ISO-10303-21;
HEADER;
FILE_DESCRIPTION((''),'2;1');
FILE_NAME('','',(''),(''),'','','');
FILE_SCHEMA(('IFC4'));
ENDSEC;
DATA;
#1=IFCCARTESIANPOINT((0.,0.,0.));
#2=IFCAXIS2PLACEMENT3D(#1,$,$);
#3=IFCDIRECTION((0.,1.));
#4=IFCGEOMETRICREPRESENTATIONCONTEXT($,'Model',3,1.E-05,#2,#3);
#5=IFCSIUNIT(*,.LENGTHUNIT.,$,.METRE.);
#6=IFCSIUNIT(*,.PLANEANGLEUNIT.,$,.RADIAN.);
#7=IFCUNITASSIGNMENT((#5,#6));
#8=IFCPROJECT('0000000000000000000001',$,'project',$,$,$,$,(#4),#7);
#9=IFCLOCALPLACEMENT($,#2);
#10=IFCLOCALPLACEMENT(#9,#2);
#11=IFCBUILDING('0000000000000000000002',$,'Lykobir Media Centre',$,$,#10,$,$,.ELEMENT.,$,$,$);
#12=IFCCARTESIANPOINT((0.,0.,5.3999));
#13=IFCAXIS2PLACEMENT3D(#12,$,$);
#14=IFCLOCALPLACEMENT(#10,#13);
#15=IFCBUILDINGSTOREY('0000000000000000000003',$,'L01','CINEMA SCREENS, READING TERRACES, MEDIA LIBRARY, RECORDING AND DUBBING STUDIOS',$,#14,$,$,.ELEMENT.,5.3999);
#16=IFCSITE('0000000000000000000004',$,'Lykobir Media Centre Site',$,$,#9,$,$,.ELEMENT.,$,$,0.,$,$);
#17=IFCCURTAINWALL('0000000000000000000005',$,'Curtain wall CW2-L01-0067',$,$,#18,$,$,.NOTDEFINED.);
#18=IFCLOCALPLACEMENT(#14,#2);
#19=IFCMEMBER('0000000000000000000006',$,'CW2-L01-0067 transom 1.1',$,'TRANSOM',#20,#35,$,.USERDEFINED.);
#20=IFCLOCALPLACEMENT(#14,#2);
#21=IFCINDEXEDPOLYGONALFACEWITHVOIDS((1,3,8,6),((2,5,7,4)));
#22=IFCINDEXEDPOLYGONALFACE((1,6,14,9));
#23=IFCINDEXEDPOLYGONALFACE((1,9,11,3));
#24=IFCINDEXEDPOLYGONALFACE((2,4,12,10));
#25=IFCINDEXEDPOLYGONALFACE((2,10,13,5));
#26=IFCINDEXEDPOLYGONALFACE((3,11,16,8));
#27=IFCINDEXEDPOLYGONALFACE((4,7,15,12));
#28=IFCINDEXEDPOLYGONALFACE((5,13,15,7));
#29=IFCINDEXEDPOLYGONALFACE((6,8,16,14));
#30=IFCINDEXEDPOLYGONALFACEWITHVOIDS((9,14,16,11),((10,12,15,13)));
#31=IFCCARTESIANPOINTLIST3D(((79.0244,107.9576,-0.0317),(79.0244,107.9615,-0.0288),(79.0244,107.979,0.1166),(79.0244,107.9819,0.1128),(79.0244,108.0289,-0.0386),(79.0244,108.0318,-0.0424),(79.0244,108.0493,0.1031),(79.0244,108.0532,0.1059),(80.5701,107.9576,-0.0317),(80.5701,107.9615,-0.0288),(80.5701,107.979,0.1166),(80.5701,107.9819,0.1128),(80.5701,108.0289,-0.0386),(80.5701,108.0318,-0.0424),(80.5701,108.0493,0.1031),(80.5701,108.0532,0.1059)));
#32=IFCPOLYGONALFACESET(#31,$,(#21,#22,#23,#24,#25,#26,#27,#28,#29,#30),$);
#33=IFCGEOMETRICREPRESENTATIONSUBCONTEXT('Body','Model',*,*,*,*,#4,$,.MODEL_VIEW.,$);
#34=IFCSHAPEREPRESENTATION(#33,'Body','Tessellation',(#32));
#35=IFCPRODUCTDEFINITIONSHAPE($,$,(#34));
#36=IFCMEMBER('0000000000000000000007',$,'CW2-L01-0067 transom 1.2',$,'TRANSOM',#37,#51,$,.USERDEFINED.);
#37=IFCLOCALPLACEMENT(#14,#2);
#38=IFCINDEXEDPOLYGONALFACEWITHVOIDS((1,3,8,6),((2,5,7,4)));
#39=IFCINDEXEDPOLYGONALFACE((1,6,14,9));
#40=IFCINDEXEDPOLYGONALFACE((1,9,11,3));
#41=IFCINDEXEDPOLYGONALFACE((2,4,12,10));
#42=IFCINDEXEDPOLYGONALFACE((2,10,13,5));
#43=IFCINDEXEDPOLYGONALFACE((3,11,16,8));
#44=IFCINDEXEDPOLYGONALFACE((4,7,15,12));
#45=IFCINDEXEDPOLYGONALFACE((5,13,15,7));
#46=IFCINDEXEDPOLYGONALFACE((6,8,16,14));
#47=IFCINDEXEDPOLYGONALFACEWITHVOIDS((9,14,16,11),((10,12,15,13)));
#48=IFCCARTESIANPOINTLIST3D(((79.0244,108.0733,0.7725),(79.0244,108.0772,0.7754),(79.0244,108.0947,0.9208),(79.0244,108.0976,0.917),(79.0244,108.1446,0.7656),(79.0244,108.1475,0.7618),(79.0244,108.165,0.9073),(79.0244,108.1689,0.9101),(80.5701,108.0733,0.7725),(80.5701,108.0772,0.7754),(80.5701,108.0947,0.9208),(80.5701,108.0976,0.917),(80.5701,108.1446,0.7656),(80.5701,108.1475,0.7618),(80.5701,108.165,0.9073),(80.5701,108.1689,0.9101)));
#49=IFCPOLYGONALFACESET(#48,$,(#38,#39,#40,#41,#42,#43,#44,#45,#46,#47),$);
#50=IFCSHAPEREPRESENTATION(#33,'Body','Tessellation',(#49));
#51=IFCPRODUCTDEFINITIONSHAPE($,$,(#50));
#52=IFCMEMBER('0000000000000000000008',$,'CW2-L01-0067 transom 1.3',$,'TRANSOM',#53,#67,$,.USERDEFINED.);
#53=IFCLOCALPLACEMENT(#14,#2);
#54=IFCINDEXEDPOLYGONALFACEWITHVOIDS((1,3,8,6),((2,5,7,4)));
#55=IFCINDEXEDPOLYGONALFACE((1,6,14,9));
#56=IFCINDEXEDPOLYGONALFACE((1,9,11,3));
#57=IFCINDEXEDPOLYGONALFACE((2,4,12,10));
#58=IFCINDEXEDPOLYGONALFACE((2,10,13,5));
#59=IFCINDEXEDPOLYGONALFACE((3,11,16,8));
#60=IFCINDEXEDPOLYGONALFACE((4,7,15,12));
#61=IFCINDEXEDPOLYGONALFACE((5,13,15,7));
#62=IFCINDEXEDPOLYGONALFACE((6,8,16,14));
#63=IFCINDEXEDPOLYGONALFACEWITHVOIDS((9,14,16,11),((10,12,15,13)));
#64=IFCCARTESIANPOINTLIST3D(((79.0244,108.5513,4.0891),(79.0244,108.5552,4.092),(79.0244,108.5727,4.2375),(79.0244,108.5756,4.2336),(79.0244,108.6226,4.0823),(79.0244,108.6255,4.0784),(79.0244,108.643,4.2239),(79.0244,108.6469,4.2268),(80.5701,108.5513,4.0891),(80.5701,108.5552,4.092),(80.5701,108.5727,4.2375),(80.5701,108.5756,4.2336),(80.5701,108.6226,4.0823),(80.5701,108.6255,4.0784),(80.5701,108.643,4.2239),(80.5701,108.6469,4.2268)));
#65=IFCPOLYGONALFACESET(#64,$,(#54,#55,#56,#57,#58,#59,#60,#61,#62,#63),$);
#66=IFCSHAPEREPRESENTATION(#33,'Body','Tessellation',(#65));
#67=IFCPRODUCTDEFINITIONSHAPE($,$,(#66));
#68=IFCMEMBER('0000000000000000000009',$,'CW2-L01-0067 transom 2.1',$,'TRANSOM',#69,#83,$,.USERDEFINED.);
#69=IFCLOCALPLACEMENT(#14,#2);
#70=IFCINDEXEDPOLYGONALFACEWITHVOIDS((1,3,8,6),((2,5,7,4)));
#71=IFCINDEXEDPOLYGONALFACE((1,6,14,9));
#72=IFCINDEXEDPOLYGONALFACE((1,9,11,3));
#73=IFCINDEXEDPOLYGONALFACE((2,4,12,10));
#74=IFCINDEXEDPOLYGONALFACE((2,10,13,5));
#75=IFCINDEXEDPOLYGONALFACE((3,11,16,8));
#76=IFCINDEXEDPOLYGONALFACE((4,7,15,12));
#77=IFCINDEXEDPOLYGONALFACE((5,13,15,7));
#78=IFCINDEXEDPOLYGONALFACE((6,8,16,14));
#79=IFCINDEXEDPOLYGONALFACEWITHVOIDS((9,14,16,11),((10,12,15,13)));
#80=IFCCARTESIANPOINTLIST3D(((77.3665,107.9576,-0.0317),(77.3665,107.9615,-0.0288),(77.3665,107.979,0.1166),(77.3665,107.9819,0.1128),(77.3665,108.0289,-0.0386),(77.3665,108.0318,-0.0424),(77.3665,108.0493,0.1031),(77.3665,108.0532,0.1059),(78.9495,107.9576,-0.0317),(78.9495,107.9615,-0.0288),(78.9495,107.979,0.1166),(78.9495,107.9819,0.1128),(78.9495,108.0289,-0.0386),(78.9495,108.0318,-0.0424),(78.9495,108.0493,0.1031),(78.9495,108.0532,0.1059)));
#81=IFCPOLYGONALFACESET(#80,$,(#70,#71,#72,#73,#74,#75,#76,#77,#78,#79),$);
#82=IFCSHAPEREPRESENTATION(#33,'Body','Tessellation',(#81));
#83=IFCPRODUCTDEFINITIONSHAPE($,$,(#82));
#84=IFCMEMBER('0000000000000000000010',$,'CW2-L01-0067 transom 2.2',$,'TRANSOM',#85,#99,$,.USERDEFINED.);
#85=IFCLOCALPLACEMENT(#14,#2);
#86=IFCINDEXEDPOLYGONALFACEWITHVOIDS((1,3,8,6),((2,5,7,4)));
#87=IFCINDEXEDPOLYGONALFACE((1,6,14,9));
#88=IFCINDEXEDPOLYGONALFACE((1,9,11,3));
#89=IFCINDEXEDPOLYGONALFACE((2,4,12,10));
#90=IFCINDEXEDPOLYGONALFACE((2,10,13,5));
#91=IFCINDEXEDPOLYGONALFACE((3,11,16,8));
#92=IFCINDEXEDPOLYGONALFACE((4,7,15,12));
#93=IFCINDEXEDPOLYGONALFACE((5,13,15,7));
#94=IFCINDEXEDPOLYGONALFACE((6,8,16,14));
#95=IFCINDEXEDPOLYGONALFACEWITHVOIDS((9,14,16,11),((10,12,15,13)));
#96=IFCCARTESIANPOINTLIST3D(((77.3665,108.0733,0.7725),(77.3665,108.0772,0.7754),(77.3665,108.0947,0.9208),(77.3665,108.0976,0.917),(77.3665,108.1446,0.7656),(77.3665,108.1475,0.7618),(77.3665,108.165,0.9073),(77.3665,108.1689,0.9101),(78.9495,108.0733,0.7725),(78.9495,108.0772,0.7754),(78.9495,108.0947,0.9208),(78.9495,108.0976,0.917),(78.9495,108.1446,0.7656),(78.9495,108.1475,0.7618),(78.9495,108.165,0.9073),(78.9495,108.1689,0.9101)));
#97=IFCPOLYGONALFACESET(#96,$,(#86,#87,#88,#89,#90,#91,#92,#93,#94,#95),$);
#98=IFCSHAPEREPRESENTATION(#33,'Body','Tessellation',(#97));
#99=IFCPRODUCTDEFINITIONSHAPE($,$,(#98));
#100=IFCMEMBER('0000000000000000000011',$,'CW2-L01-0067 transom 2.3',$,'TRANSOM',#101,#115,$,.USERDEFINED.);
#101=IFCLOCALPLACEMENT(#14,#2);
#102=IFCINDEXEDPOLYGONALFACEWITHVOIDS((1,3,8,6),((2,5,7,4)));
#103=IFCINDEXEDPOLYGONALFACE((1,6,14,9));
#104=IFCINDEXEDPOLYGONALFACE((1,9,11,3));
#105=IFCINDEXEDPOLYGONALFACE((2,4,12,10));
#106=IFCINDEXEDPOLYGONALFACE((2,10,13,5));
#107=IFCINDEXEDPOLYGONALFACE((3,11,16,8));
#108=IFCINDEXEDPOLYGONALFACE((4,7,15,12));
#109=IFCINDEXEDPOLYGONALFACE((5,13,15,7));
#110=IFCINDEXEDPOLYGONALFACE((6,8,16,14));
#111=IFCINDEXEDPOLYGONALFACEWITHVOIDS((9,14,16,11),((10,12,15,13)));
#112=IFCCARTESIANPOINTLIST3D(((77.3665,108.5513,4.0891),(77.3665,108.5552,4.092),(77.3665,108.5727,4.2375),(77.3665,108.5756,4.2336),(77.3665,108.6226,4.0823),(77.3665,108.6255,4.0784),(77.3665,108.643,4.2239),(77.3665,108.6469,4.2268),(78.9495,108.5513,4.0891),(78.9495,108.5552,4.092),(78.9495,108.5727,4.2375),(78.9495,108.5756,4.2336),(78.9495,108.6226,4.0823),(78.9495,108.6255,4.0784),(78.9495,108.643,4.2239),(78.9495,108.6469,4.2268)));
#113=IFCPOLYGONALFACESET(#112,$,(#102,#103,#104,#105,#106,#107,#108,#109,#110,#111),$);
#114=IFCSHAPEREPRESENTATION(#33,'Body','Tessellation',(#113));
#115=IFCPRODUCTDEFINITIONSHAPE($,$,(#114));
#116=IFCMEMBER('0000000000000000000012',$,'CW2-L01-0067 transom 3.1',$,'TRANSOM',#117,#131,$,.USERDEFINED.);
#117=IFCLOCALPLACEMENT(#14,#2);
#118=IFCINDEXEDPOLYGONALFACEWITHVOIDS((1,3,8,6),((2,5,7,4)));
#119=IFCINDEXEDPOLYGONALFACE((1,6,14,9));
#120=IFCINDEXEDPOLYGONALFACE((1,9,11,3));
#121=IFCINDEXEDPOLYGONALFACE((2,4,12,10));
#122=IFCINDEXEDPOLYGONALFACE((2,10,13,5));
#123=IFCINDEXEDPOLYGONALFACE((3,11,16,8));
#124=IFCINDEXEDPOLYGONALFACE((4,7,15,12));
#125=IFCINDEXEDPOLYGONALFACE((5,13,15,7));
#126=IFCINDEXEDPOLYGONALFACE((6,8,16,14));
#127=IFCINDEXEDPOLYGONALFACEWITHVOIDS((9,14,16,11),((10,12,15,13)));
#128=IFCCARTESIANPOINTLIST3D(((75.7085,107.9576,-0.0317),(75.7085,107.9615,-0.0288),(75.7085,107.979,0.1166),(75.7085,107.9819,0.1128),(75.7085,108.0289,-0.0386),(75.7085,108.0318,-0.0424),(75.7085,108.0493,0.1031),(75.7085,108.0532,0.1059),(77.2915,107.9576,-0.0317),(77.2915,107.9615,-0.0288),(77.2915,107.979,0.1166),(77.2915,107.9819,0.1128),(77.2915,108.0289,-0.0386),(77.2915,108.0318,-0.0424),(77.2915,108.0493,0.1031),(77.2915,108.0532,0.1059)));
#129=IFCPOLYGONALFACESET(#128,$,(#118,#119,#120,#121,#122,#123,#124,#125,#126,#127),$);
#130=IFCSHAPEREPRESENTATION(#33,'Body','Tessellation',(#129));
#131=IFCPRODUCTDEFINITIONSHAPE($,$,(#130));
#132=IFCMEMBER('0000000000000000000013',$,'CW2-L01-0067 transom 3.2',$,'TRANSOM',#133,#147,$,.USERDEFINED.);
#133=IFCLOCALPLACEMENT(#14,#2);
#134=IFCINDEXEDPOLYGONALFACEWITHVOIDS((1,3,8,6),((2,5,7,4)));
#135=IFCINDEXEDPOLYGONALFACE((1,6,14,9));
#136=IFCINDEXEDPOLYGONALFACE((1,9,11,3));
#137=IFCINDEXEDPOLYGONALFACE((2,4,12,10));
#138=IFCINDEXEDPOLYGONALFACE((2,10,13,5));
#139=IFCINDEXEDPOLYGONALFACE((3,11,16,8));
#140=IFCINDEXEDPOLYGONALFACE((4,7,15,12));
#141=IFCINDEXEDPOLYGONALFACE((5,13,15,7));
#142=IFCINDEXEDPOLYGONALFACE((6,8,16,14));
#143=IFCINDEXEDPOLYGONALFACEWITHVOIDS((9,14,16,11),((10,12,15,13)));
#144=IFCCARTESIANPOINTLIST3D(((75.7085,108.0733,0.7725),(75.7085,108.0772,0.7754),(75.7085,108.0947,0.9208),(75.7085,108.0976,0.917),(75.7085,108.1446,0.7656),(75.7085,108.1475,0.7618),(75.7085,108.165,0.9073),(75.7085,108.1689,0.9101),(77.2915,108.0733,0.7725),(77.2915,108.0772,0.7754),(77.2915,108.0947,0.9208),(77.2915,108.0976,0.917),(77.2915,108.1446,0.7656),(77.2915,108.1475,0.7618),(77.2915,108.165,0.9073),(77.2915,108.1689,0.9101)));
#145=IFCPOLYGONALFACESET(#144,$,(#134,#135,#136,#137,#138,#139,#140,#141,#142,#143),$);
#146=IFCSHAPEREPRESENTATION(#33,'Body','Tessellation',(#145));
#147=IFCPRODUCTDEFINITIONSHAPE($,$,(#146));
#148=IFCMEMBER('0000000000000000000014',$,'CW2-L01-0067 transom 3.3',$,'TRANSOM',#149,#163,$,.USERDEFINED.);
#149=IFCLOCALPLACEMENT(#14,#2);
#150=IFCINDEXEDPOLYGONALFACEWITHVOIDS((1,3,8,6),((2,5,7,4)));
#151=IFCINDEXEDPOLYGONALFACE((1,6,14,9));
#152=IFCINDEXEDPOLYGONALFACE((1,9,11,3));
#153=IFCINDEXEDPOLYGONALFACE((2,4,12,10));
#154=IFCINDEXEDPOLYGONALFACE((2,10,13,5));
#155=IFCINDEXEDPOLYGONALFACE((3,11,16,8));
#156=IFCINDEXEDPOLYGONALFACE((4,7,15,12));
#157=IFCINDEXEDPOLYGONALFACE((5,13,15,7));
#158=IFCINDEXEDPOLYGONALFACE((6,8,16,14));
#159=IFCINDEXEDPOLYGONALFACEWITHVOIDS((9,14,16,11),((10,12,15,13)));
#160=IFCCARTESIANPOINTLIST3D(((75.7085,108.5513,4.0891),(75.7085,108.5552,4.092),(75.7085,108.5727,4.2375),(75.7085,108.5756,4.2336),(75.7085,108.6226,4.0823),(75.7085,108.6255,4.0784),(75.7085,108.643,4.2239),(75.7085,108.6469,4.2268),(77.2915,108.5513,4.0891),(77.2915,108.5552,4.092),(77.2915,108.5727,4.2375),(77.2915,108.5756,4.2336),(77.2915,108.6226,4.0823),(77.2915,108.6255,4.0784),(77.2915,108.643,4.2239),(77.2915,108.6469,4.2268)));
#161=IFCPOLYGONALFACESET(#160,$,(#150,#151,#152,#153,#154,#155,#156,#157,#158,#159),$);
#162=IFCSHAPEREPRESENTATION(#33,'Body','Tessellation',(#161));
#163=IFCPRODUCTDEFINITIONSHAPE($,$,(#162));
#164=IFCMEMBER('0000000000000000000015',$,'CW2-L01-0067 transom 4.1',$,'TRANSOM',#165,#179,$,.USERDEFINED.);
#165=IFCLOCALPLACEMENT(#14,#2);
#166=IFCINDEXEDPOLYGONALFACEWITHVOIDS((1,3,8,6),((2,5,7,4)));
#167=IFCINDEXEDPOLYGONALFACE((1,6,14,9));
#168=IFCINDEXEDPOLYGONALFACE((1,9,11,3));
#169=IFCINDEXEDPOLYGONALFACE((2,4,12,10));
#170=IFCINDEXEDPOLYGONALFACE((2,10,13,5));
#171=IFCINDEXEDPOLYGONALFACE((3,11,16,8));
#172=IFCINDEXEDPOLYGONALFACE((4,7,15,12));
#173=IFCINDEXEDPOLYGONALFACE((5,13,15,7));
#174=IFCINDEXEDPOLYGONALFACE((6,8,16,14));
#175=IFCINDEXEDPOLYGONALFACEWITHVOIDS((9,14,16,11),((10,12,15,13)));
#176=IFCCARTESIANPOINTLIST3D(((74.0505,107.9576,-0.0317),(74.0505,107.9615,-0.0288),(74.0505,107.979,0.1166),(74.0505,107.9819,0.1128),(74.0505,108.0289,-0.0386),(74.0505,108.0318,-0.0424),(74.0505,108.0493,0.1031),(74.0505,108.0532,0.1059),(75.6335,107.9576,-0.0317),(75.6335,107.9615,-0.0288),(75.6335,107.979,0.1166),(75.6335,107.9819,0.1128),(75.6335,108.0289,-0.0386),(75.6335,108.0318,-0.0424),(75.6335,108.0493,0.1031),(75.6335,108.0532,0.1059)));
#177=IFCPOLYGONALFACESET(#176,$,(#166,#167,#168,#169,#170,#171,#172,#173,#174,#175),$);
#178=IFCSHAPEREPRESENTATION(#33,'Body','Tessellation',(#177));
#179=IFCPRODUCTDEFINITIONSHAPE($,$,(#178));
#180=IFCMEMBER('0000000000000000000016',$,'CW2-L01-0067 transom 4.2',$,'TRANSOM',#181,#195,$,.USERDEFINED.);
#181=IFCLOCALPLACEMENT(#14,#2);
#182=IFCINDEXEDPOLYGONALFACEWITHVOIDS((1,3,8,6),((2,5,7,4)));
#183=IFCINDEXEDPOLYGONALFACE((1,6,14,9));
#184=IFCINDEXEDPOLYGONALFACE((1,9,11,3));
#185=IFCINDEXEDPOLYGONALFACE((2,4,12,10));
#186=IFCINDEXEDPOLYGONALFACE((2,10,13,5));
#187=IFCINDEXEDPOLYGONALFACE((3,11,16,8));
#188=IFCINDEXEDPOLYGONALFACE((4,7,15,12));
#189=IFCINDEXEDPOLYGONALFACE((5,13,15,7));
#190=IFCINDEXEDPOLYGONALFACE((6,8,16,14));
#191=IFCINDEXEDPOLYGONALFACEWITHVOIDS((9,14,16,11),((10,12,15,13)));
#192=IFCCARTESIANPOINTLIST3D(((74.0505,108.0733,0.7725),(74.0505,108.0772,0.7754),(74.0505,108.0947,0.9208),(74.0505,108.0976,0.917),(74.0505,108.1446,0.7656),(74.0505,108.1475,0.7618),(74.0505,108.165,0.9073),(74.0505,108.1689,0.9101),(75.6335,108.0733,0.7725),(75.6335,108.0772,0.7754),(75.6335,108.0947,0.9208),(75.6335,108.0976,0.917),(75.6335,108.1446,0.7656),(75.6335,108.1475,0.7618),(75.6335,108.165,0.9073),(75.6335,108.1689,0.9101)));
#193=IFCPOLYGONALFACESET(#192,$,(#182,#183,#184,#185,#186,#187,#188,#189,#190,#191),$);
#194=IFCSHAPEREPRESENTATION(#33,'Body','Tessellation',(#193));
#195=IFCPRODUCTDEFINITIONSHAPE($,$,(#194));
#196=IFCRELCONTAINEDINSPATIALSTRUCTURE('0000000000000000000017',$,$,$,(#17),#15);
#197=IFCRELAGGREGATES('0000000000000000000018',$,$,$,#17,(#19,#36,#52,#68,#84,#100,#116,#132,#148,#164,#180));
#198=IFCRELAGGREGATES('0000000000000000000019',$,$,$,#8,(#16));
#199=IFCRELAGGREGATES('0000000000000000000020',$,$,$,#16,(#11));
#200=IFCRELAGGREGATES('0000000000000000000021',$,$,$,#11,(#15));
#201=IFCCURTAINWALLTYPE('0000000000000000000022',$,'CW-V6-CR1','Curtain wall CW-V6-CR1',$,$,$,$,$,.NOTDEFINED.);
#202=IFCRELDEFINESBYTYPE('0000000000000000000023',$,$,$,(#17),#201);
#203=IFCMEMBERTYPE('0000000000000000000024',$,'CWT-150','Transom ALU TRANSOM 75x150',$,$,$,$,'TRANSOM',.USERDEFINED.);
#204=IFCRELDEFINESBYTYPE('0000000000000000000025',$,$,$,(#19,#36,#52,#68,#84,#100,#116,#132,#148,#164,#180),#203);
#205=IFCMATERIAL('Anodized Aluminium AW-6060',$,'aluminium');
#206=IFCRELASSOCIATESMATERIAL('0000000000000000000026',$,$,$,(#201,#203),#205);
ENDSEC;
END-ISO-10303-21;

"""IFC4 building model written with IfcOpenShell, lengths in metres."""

from ifc_helpers import new_model, si_unit, direction, frame, origin, origin_2d, place, context, subcontext, project, spatial, hollow_rectangle, extrude, material, material_profile, profile_set, type_object, element, aggregate, save


model = new_model("IFC4")

# Units and contexts
model_context = context("Model", 3, precision=1e-05, world=origin(), true_north=direction((0.0, 1.0)))
body_context = subcontext(model_context, "Body", "Model", "MODEL_VIEW")
ifc_project = project(units=[si_unit("LENGTHUNIT", "METRE"), si_unit("PLANEANGLEUNIT", "RADIAN")], contexts=[model_context])

# Site, building, storey
site_placement = place(None, origin())
site = spatial("IfcSite", under=ifc_project, at=site_placement, Name="Lykobir Media Centre Site", CompositionType="ELEMENT", RefElevation=0.0)
building_placement = place(site_placement, origin())
building = spatial("IfcBuilding", under=site, at=building_placement, Name="Lykobir Media Centre", CompositionType="ELEMENT")
storey_placement = place(building_placement, frame((0.0, 0.0, 5.3999)))
storey = spatial("IfcBuildingStorey", under=building, at=storey_placement, Name="L01", Description="CINEMA SCREENS, READING TERRACES, MEDIA LIBRARY, RECORDING AND DUBBING STUDIOS", CompositionType="ELEMENT", Elevation=5.3999)

# Shared definitions
ifc_material_1 = material(Name="Anodized Aluminium AW-6060", Category="aluminium")
curtain_wall_type = type_object("IfcCurtainWallType", Name="CW-V6-CR1", Description="Curtain wall CW-V6-CR1", PredefinedType="NOTDEFINED", material=ifc_material_1)

# Curtain wall
curtain_wall_1_placement = place(storey_placement, origin())
curtain_wall_1 = element("IfcCurtainWall", 1, at=curtain_wall_1_placement, inside=storey, type_object=curtain_wall_type, Name="Curtain wall CW2-L01-0067", PredefinedType="NOTDEFINED")

# Members
ifc_material_profile_1 = material_profile(ifc_material_1, hollow_rectangle(XDim=0.075, YDim=0.1499, WallThickness=0.0034, at=origin_2d()), Name="ALU TRANSOM 75x150")
ifc_profile_set_1 = profile_set([ifc_material_profile_1], Name="Anodized Aluminium AW-6060")
member_type_1 = type_object("IfcMemberType", Name="CWT-150", Description="Transom ALU TRANSOM 75x150", ElementType="TRANSOM", PredefinedType="USERDEFINED", material=ifc_profile_set_1)
member_1_placement = place(storey_placement, frame((80.5701, 108.0054, 0.0371), z_axis=(-1.0, 0.0, 0.0), x_axis=(0.0, -0.989776, 0.142629)))
member_1 = element("IfcMember", 2, at=member_1_placement, type_object=member_type_1, Name="CW2-L01-0067 transom 1.1", ObjectType="TRANSOM", PredefinedType="USERDEFINED", context=body_context, shape_type="SweptSolid", body=[
    extrude(hollow_rectangle(XDim=0.075, YDim=0.1499, WallThickness=0.0034, at=origin_2d()), origin(), (0.0, 0.0, 1.0), 1.5457),
])
member_2_placement = place(storey_placement, frame((80.5701, 108.1211, 0.8413), z_axis=(-1.0, 0.0, 0.0), x_axis=(0.0, -0.989776, 0.142629)))
member_2 = element("IfcMember", 3, at=member_2_placement, type_object=member_type_1, Name="CW2-L01-0067 transom 1.2", ObjectType="TRANSOM", PredefinedType="USERDEFINED", context=body_context, shape_type="SweptSolid", body=[
    extrude(hollow_rectangle(XDim=0.075, YDim=0.1499, WallThickness=0.0034, at=origin_2d()), origin(), (0.0, 0.0, 1.0), 1.5457),
])
member_3_placement = place(storey_placement, frame((80.5701, 108.5991, 4.158), z_axis=(-1.0, 0.0, 0.0), x_axis=(0.0, -0.989776, 0.142629)))
member_3 = element("IfcMember", 4, at=member_3_placement, type_object=member_type_1, Name="CW2-L01-0067 transom 1.3", ObjectType="TRANSOM", PredefinedType="USERDEFINED", context=body_context, shape_type="SweptSolid", body=[
    extrude(hollow_rectangle(XDim=0.075, YDim=0.1499, WallThickness=0.0034, at=origin_2d()), origin(), (0.0, 0.0, 1.0), 1.5457),
])
member_4_placement = place(storey_placement, frame((78.9495, 108.0054, 0.0371), z_axis=(-1.0, 0.0, 0.0), x_axis=(0.0, -0.989776, 0.142629)))
member_4 = element("IfcMember", 5, at=member_4_placement, type_object=member_type_1, Name="CW2-L01-0067 transom 2.1", ObjectType="TRANSOM", PredefinedType="USERDEFINED", context=body_context, shape_type="SweptSolid", body=[
    extrude(hollow_rectangle(XDim=0.075, YDim=0.1499, WallThickness=0.0034, at=origin_2d()), origin(), (0.0, 0.0, 1.0), 1.583),
])
member_5_placement = place(storey_placement, frame((78.9495, 108.1211, 0.8413), z_axis=(-1.0, 0.0, 0.0), x_axis=(0.0, -0.989776, 0.142629)))
member_5 = element("IfcMember", 6, at=member_5_placement, type_object=member_type_1, Name="CW2-L01-0067 transom 2.2", ObjectType="TRANSOM", PredefinedType="USERDEFINED", context=body_context, shape_type="SweptSolid", body=[
    extrude(hollow_rectangle(XDim=0.075, YDim=0.1499, WallThickness=0.0034, at=origin_2d()), origin(), (0.0, 0.0, 1.0), 1.583),
])
member_6_placement = place(storey_placement, frame((78.9495, 108.5991, 4.158), z_axis=(-1.0, 0.0, 0.0), x_axis=(0.0, -0.989776, 0.142629)))
member_6 = element("IfcMember", 7, at=member_6_placement, type_object=member_type_1, Name="CW2-L01-0067 transom 2.3", ObjectType="TRANSOM", PredefinedType="USERDEFINED", context=body_context, shape_type="SweptSolid", body=[
    extrude(hollow_rectangle(XDim=0.075, YDim=0.1499, WallThickness=0.0034, at=origin_2d()), origin(), (0.0, 0.0, 1.0), 1.583),
])
member_7_placement = place(storey_placement, frame((77.2915, 108.0054, 0.0371), z_axis=(-1.0, 0.0, 0.0), x_axis=(0.0, -0.989776, 0.142629)))
member_7 = element("IfcMember", 8, at=member_7_placement, type_object=member_type_1, Name="CW2-L01-0067 transom 3.1", ObjectType="TRANSOM", PredefinedType="USERDEFINED", context=body_context, shape_type="SweptSolid", body=[
    extrude(hollow_rectangle(XDim=0.075, YDim=0.1499, WallThickness=0.0034, at=origin_2d()), origin(), (0.0, 0.0, 1.0), 1.583),
])
member_8_placement = place(storey_placement, frame((77.2915, 108.1211, 0.8413), z_axis=(-1.0, 0.0, 0.0), x_axis=(0.0, -0.989776, 0.142629)))
member_8 = element("IfcMember", 9, at=member_8_placement, type_object=member_type_1, Name="CW2-L01-0067 transom 3.2", ObjectType="TRANSOM", PredefinedType="USERDEFINED", context=body_context, shape_type="SweptSolid", body=[
    extrude(hollow_rectangle(XDim=0.075, YDim=0.1499, WallThickness=0.0034, at=origin_2d()), origin(), (0.0, 0.0, 1.0), 1.583),
])
member_9_placement = place(storey_placement, frame((77.2915, 108.5991, 4.158), z_axis=(-1.0, 0.0, 0.0), x_axis=(0.0, -0.989776, 0.142629)))
member_9 = element("IfcMember", 10, at=member_9_placement, type_object=member_type_1, Name="CW2-L01-0067 transom 3.3", ObjectType="TRANSOM", PredefinedType="USERDEFINED", context=body_context, shape_type="SweptSolid", body=[
    extrude(hollow_rectangle(XDim=0.075, YDim=0.1499, WallThickness=0.0034, at=origin_2d()), origin(), (0.0, 0.0, 1.0), 1.583),
])
member_10_placement = place(storey_placement, frame((75.6335, 108.0054, 0.0371), z_axis=(-1.0, 0.0, 0.0), x_axis=(0.0, -0.989776, 0.142629)))
member_10 = element("IfcMember", 11, at=member_10_placement, type_object=member_type_1, Name="CW2-L01-0067 transom 4.1", ObjectType="TRANSOM", PredefinedType="USERDEFINED", context=body_context, shape_type="SweptSolid", body=[
    extrude(hollow_rectangle(XDim=0.075, YDim=0.1499, WallThickness=0.0034, at=origin_2d()), origin(), (0.0, 0.0, 1.0), 1.583),
])
member_11_placement = place(storey_placement, frame((75.6335, 108.1211, 0.8413), z_axis=(-1.0, 0.0, 0.0), x_axis=(0.0, -0.989776, 0.142629)))
member_11 = element("IfcMember", 12, at=member_11_placement, type_object=member_type_1, Name="CW2-L01-0067 transom 4.2", ObjectType="TRANSOM", PredefinedType="USERDEFINED", context=body_context, shape_type="SweptSolid", body=[
    extrude(hollow_rectangle(XDim=0.075, YDim=0.1499, WallThickness=0.0034, at=origin_2d()), origin(), (0.0, 0.0, 1.0), 1.583),
])

aggregate(curtain_wall_1, [member_1, member_2, member_3, member_4, member_5, member_6, member_7, member_8, member_9, member_10, member_11])

save(model, "model.ifc")
